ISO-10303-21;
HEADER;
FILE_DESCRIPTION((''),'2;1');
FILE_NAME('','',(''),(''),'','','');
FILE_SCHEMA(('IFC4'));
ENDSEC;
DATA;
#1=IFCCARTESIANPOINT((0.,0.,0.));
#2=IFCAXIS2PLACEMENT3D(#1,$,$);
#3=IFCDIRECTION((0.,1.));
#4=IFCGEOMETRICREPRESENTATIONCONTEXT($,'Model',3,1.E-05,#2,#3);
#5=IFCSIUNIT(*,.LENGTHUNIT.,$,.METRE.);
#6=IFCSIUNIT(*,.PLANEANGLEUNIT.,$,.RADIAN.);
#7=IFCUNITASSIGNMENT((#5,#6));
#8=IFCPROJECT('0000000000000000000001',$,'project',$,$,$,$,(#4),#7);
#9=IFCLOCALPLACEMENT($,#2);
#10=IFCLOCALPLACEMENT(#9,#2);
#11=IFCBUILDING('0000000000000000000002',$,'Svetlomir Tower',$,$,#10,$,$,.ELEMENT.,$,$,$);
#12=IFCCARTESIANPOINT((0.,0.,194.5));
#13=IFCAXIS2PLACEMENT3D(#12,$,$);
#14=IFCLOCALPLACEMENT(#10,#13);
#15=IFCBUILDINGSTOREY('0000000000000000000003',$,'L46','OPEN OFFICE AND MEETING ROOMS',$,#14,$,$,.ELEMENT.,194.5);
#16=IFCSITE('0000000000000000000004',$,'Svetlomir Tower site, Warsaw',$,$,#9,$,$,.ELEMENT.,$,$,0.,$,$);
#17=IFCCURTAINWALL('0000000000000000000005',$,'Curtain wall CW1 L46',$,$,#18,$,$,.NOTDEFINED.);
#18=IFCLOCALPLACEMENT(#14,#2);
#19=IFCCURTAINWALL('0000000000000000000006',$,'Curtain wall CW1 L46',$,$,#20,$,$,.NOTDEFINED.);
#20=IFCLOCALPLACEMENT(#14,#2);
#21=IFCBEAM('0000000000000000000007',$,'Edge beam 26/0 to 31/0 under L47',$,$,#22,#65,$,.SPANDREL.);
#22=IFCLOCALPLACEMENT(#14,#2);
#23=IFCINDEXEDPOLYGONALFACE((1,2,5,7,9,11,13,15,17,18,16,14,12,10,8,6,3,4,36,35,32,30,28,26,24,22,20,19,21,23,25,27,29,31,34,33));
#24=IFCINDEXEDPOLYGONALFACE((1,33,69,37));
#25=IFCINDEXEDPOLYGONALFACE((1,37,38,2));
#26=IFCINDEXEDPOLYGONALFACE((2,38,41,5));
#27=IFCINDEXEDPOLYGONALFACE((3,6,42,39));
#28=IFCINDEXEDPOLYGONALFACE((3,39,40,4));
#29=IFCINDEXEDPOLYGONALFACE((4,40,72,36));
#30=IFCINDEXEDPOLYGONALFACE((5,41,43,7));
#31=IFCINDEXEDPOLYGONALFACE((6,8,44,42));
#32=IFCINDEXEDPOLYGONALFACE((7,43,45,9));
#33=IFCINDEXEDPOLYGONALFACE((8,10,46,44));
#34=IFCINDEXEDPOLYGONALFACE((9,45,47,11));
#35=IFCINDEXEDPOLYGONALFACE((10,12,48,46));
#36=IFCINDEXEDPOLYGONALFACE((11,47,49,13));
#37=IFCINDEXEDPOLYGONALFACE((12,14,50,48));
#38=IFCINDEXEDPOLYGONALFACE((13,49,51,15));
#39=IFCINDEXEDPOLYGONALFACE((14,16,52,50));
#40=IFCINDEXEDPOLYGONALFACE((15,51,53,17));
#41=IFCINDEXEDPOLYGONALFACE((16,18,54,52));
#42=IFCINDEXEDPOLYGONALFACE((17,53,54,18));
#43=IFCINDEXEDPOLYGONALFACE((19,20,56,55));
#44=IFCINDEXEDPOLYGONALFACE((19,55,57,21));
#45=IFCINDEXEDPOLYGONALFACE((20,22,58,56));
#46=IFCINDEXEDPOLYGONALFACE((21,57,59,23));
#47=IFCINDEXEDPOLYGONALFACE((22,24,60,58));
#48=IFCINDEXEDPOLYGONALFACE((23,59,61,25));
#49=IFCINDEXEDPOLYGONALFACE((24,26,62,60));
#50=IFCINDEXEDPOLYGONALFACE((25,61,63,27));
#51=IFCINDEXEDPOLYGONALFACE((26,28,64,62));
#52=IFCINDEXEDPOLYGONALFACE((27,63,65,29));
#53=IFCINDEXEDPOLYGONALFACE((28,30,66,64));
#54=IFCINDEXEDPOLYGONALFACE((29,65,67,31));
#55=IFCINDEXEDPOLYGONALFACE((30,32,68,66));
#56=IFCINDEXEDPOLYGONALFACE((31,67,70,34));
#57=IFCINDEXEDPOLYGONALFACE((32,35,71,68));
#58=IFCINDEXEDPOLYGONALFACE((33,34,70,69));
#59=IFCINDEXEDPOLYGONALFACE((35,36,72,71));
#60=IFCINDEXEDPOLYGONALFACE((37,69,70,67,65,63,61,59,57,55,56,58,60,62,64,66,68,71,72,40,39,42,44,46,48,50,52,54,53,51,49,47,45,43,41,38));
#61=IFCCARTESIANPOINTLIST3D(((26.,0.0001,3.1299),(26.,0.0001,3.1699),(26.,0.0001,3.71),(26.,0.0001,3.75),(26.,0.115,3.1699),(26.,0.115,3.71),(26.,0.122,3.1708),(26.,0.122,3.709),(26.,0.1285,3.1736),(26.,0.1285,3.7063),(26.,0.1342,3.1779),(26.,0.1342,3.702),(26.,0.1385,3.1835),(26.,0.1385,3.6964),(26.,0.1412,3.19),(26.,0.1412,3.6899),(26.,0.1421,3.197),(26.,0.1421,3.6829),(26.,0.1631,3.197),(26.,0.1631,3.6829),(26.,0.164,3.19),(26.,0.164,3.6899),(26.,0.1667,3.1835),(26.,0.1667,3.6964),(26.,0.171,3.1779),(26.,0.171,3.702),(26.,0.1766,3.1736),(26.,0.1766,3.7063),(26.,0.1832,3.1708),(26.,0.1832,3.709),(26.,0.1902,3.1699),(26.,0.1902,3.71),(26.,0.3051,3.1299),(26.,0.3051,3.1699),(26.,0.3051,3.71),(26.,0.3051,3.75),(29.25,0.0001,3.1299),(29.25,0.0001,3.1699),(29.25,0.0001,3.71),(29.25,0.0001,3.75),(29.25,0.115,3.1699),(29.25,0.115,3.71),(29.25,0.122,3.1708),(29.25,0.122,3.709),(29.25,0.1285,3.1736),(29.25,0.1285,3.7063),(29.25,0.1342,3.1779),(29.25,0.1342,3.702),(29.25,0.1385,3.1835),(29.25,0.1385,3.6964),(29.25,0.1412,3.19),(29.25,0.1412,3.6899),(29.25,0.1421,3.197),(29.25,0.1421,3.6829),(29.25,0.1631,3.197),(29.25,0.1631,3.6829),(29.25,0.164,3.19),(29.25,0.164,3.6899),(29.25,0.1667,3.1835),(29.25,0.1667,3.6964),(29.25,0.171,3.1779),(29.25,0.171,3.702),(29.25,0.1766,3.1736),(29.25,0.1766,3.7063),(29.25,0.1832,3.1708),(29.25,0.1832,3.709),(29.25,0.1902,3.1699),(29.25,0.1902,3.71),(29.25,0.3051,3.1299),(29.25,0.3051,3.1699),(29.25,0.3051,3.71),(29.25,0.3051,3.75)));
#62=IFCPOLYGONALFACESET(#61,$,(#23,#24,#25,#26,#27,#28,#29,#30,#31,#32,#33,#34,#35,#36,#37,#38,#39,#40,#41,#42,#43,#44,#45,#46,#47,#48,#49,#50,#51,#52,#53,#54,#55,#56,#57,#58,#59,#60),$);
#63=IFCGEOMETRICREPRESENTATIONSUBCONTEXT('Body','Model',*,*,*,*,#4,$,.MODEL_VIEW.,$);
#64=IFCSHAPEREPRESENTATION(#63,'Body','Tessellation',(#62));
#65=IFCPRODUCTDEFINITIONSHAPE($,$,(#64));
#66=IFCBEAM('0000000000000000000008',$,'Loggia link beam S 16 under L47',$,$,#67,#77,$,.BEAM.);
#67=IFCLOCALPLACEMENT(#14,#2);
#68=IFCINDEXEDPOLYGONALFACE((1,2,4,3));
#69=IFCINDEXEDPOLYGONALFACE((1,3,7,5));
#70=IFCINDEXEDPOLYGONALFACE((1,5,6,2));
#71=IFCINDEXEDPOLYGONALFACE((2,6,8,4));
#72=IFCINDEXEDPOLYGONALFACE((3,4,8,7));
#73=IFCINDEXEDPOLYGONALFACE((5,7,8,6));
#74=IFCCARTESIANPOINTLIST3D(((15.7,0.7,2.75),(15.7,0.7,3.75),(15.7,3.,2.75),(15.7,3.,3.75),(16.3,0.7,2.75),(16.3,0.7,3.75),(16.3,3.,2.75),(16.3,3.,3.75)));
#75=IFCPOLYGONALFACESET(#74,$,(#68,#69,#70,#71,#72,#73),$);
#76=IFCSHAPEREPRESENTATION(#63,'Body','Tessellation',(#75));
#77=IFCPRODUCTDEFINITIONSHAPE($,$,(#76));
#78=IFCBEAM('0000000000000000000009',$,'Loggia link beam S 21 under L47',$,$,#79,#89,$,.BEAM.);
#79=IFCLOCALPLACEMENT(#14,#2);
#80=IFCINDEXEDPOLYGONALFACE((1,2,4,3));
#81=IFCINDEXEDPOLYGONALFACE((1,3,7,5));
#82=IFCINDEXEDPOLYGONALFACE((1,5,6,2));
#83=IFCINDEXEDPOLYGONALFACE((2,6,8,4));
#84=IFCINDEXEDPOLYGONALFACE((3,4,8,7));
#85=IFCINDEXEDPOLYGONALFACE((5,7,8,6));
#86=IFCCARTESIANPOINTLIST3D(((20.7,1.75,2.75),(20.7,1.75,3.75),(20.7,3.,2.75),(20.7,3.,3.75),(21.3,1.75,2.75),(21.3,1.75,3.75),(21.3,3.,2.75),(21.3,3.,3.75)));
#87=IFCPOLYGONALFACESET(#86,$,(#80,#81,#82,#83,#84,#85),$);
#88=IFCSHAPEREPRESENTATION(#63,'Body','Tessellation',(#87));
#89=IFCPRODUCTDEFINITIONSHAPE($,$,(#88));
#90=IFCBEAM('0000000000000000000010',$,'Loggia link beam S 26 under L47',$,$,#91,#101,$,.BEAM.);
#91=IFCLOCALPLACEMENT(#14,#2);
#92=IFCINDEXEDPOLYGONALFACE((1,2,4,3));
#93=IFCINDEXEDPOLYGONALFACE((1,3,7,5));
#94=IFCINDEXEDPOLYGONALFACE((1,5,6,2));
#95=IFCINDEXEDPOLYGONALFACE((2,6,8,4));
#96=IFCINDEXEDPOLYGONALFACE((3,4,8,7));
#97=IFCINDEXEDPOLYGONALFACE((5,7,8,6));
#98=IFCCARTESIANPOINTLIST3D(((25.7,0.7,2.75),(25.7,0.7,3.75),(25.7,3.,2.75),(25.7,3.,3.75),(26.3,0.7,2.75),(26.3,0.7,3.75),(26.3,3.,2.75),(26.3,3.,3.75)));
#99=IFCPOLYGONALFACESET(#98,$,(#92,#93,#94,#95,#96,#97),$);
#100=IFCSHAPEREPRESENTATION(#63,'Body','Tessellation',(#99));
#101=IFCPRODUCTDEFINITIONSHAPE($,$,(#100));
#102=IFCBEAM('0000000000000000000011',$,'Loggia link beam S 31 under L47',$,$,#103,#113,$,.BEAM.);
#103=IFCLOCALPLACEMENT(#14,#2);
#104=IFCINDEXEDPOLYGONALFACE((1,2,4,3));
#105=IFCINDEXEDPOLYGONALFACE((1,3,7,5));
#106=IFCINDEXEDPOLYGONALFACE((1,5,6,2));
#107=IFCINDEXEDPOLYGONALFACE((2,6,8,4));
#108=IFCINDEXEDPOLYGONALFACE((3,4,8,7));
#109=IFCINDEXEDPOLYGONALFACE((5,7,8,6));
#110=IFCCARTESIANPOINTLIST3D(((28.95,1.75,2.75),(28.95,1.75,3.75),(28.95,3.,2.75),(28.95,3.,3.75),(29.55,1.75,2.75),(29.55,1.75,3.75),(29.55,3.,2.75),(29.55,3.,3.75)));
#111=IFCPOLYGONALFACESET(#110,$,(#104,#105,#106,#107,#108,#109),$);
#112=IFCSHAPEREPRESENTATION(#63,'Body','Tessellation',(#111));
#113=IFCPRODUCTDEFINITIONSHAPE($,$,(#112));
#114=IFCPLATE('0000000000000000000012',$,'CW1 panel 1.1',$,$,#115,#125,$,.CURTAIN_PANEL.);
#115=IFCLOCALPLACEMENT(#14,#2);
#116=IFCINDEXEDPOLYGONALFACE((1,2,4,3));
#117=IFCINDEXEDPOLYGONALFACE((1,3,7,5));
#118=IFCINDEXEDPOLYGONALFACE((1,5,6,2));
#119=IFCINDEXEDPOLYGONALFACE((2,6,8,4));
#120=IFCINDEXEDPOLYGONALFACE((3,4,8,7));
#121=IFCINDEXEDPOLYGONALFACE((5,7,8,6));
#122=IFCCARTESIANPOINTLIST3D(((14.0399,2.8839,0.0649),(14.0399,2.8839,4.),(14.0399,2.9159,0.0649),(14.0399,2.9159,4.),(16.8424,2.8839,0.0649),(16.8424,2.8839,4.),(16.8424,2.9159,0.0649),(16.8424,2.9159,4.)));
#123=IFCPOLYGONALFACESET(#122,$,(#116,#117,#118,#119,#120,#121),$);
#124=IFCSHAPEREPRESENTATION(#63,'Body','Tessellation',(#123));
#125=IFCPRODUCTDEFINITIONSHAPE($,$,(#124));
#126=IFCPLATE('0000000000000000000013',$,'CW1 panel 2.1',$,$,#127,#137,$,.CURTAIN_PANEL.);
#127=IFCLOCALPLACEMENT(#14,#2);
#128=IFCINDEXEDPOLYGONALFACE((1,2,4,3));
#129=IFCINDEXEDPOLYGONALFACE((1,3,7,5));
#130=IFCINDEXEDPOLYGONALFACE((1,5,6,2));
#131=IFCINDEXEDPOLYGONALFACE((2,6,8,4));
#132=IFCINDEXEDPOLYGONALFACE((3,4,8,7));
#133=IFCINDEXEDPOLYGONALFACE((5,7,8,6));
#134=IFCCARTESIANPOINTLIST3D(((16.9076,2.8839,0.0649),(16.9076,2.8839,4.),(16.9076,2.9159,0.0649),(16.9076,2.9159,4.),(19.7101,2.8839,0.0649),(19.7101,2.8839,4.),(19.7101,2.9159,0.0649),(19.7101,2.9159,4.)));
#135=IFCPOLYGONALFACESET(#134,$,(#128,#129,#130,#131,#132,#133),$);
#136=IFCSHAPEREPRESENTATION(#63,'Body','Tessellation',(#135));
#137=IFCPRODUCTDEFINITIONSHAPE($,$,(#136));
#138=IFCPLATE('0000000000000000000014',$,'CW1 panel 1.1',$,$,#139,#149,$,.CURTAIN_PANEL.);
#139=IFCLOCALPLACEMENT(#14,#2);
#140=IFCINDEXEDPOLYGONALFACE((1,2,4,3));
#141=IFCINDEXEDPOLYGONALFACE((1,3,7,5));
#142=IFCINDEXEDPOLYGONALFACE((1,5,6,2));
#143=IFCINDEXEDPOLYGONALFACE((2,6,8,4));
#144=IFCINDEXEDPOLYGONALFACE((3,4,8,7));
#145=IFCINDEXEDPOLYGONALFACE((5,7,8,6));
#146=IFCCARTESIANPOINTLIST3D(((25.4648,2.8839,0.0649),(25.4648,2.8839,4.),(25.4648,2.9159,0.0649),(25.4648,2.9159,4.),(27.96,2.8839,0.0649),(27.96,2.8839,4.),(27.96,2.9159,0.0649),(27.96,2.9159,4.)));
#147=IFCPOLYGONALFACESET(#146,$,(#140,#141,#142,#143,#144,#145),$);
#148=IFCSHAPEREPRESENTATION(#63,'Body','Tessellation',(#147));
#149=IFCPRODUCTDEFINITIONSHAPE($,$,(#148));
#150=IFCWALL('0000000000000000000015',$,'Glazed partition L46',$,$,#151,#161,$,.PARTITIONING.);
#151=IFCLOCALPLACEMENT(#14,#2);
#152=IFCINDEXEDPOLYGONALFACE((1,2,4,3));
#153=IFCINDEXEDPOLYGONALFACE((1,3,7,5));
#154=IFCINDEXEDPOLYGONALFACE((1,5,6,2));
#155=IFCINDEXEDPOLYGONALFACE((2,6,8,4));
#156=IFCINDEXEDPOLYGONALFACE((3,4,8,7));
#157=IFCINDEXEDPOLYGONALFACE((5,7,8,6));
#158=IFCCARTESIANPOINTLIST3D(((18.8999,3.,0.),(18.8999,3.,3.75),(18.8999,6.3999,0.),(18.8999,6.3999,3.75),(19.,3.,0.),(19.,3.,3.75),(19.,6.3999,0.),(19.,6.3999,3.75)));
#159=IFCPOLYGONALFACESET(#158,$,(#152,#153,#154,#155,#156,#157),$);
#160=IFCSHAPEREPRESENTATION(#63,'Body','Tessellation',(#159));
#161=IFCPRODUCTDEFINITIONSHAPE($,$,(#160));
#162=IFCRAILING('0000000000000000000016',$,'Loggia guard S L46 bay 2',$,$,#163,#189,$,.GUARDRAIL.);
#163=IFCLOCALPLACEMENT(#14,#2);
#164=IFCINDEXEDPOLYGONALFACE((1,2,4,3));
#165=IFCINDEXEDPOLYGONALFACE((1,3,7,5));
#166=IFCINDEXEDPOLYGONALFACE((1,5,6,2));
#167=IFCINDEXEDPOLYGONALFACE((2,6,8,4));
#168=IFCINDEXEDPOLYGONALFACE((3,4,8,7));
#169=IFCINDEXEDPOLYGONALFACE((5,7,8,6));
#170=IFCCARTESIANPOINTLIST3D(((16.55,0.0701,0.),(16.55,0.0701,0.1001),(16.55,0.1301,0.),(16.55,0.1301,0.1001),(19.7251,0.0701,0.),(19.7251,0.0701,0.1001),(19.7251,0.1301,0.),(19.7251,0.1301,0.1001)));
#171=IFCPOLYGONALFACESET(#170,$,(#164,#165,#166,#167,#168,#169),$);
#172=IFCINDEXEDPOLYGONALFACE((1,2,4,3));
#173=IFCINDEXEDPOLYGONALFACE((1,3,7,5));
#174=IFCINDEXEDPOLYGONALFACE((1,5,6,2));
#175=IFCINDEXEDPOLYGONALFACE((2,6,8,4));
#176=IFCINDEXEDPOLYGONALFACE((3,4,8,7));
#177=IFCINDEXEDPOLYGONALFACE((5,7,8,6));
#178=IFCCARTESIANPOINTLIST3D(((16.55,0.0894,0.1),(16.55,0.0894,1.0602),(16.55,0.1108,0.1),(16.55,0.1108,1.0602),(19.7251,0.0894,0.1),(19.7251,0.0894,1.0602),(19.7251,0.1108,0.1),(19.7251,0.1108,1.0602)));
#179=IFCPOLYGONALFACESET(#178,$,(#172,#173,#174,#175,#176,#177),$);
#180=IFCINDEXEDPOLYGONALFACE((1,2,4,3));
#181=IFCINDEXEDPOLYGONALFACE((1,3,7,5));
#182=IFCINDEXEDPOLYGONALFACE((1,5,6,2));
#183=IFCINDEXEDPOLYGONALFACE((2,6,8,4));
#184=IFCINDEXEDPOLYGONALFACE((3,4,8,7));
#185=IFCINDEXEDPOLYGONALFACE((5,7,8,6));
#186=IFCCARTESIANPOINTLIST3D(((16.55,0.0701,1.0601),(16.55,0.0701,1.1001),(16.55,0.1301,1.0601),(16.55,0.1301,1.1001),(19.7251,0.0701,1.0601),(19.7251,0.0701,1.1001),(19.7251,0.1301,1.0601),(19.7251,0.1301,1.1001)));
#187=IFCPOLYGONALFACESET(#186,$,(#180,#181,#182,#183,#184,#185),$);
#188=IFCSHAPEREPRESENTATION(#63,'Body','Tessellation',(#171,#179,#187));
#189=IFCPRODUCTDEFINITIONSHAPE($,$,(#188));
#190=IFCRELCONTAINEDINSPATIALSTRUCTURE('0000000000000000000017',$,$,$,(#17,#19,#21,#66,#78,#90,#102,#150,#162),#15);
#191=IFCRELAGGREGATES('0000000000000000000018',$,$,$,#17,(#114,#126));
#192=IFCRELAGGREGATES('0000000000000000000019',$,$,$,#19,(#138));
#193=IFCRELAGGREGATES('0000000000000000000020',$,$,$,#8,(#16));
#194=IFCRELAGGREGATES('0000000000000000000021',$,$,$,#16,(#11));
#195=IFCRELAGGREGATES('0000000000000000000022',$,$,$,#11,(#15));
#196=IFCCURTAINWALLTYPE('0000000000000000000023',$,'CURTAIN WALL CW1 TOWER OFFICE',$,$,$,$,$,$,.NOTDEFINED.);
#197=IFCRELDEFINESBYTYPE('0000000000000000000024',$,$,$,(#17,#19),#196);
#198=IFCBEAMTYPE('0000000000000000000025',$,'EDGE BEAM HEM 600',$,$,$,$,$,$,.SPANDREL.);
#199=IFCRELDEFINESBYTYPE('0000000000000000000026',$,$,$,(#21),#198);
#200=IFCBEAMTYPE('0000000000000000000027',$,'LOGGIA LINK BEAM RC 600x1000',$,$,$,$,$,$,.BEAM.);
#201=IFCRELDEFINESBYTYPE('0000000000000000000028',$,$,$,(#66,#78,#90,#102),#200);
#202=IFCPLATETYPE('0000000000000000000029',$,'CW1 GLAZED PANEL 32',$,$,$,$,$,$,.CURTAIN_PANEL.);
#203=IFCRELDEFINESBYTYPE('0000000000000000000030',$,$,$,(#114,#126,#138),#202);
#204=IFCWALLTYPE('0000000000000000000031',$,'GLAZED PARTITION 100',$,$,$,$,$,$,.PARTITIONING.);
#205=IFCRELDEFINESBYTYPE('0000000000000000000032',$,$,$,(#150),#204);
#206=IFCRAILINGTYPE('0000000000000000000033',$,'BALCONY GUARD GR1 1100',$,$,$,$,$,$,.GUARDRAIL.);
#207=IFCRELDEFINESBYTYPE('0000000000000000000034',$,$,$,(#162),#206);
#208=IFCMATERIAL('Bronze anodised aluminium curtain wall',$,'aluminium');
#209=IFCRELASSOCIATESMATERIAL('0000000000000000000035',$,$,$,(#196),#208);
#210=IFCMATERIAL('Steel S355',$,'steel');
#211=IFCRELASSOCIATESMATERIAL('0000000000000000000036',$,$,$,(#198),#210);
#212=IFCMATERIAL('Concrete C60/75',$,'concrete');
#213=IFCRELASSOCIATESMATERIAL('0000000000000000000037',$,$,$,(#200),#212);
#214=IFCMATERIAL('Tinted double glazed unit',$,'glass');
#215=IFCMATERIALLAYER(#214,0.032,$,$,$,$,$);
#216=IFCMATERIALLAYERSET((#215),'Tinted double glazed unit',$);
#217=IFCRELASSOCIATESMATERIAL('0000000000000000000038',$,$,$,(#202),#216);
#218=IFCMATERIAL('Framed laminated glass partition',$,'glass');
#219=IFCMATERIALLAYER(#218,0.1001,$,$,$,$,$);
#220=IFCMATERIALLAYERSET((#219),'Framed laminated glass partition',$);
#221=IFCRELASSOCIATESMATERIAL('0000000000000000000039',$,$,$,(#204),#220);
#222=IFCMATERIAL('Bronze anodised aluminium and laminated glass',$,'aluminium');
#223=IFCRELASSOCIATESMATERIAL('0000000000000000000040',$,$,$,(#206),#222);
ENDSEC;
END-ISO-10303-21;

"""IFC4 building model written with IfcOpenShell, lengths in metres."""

from ifc_helpers import new_model, si_unit, direction, frame, frame_2d, origin, origin_2d, place, context, subcontext, project, spatial, rectangle, i_section, extrude, material, layer, layer_set, material_profile, profile_set, type_object, element, aggregate, save


model = new_model("IFC4")

# Units and contexts
model_context = context("Model", 3, precision=1e-05, world=origin(), true_north=direction((0.0, 1.0)))
body_context = subcontext(model_context, "Body", "Model", "MODEL_VIEW")
ifc_project = project(units=[si_unit("LENGTHUNIT", "METRE"), si_unit("PLANEANGLEUNIT", "RADIAN")], contexts=[model_context])

# Site, building, storey
site_placement = place(None, origin())
site = spatial("IfcSite", under=ifc_project, at=site_placement, Name="Svetlomir Tower site, Warsaw", CompositionType="ELEMENT", RefElevation=0.0)
building_placement = place(site_placement, origin())
building = spatial("IfcBuilding", under=site, at=building_placement, Name="Svetlomir Tower", CompositionType="ELEMENT")
storey_placement = place(building_placement, frame((0.0, 0.0, 194.5)))
storey = spatial("IfcBuildingStorey", under=building, at=storey_placement, Name="L46", Description="OPEN OFFICE AND MEETING ROOMS", CompositionType="ELEMENT", Elevation=194.5)

# Curtain walls
ifc_material_1 = material(Name="Bronze anodised aluminium curtain wall", Category="aluminium")
curtain_wall_type = type_object("IfcCurtainWallType", Name="CURTAIN WALL CW1 TOWER OFFICE", PredefinedType="NOTDEFINED", material=ifc_material_1)
curtain_wall_1_placement = place(storey_placement, origin())
curtain_wall_1 = element("IfcCurtainWall", 1, at=curtain_wall_1_placement, inside=storey, type_object=curtain_wall_type, Name="Curtain wall CW1 L46", PredefinedType="NOTDEFINED")
curtain_wall_2_placement = place(storey_placement, origin())
curtain_wall_2 = element("IfcCurtainWall", 2, at=curtain_wall_2_placement, inside=storey, type_object=curtain_wall_type, Name="Curtain wall CW1 L46", PredefinedType="NOTDEFINED")

# Beams
ifc_material_2 = material(Name="Steel S355", Category="steel")
ifc_material_profile_1 = material_profile(ifc_material_2, i_section(OverallWidth=0.3049, OverallDepth=0.6201, WebThickness=0.021, FlangeThickness=0.04, FilletRadius=0.0271, at=origin_2d()), Name="HEM 600")
ifc_profile_set_1 = profile_set([ifc_material_profile_1], Name="Steel S355")
beam_type_1 = type_object("IfcBeamType", Name="EDGE BEAM HEM 600", PredefinedType="SPANDREL", material=ifc_profile_set_1)
beam_1_placement = place(storey_placement, frame((26.0, 0.1526, 3.4399), z_axis=(1.0, 0.0, 0.0), x_axis=(0.0, 1.0, 0.0)))
element("IfcBeam", 3, at=beam_1_placement, inside=storey, type_object=beam_type_1, Name="Edge beam 26/0 to 31/0 under L47", PredefinedType="SPANDREL", context=body_context, shape_type="SweptSolid", body=[
    extrude(i_section(OverallWidth=0.3049, OverallDepth=0.6201, WebThickness=0.021, FlangeThickness=0.04, FilletRadius=0.0271, at=origin_2d()), origin(), (0.0, 0.0, 1.0), 3.25),
])
ifc_material_3 = material(Name="Concrete C60/75", Category="concrete")
ifc_material_profile_2 = material_profile(ifc_material_3, rectangle(XDim=0.6001, YDim=1.0, at=origin_2d()), Name="RC 600x1000")
ifc_profile_set_2 = profile_set([ifc_material_profile_2], Name="Concrete C60/75")
beam_type_2 = type_object("IfcBeamType", Name="LOGGIA LINK BEAM RC 600x1000", PredefinedType="BEAM", material=ifc_profile_set_2)
beam_2_placement = place(storey_placement, frame((16.0, 0.7, 3.25), z_axis=(0.0, 1.0, 0.0), x_axis=(-1.0, 0.0, 0.0)))
element("IfcBeam", 4, at=beam_2_placement, inside=storey, type_object=beam_type_2, Name="Loggia link beam S 16 under L47", PredefinedType="BEAM", context=body_context, shape_type="SweptSolid", body=[
    extrude(rectangle(XDim=0.6001, YDim=1.0, at=origin_2d()), origin(), (0.0, 0.0, 1.0), 2.3),
])
beam_3_placement = place(storey_placement, frame((21.0, 1.75, 3.25), z_axis=(0.0, 1.0, 0.0), x_axis=(-1.0, 0.0, 0.0)))
element("IfcBeam", 5, at=beam_3_placement, inside=storey, type_object=beam_type_2, Name="Loggia link beam S 21 under L47", PredefinedType="BEAM", context=body_context, shape_type="SweptSolid", body=[
    extrude(rectangle(XDim=0.6001, YDim=1.0, at=origin_2d()), origin(), (0.0, 0.0, 1.0), 1.25),
])
beam_4_placement = place(storey_placement, frame((26.0, 0.7, 3.25), z_axis=(0.0, 1.0, 0.0), x_axis=(-1.0, 0.0, 0.0)))
element("IfcBeam", 6, at=beam_4_placement, inside=storey, type_object=beam_type_2, Name="Loggia link beam S 26 under L47", PredefinedType="BEAM", context=body_context, shape_type="SweptSolid", body=[
    extrude(rectangle(XDim=0.6001, YDim=1.0, at=origin_2d()), origin(), (0.0, 0.0, 1.0), 2.3),
])
beam_5_placement = place(storey_placement, frame((29.25, 1.75, 3.25), z_axis=(0.0, 1.0, 0.0), x_axis=(-1.0, 0.0, 0.0)))
element("IfcBeam", 7, at=beam_5_placement, inside=storey, type_object=beam_type_2, Name="Loggia link beam S 31 under L47", PredefinedType="BEAM", context=body_context, shape_type="SweptSolid", body=[
    extrude(rectangle(XDim=0.6001, YDim=1.0, at=origin_2d()), origin(), (0.0, 0.0, 1.0), 1.25),
])

# Plates
ifc_material_4 = material(Name="Tinted double glazed unit", Category="glass")
ifc_layer_1 = layer(ifc_material_4, 0.032)
ifc_layer_set_1 = layer_set([ifc_layer_1], Name="Tinted double glazed unit")
plate_type = type_object("IfcPlateType", Name="CW1 GLAZED PANEL 32", PredefinedType="CURTAIN_PANEL", material=ifc_layer_set_1)
plate_1_placement = place(storey_placement, frame((15.4412, 2.8999, 0.0649), z_axis=(0.0, 0.0, 1.0), x_axis=(1.0, 0.0, 0.0)))
plate_1 = element("IfcPlate", 8, at=plate_1_placement, type_object=plate_type, Name="CW1 panel 1.1", PredefinedType="CURTAIN_PANEL", context=body_context, shape_type="SweptSolid", body=[
    extrude(rectangle(XDim=2.8025, YDim=0.032, at=origin_2d()), origin(), (0.0, 0.0, 1.0), 3.9351),
])
plate_2_placement = place(storey_placement, frame((18.3088, 2.8999, 0.0649), z_axis=(0.0, 0.0, 1.0), x_axis=(1.0, 0.0, 0.0)))
plate_2 = element("IfcPlate", 9, at=plate_2_placement, type_object=plate_type, Name="CW1 panel 2.1", PredefinedType="CURTAIN_PANEL", context=body_context, shape_type="SweptSolid", body=[
    extrude(rectangle(XDim=2.8025, YDim=0.032, at=origin_2d()), origin(), (0.0, 0.0, 1.0), 3.9351),
])
aggregate(curtain_wall_1, [plate_1, plate_2])
plate_3_placement = place(storey_placement, frame((26.7124, 2.8999, 0.0649), z_axis=(0.0, 0.0, 1.0), x_axis=(1.0, 0.0, 0.0)))
plate_3 = element("IfcPlate", 10, at=plate_3_placement, type_object=plate_type, Name="CW1 panel 1.1", PredefinedType="CURTAIN_PANEL", context=body_context, shape_type="SweptSolid", body=[
    extrude(rectangle(XDim=2.4951, YDim=0.032, at=origin_2d()), origin(), (0.0, 0.0, 1.0), 3.9351),
])
aggregate(curtain_wall_2, [plate_3])

# Wall
ifc_material_5 = material(Name="Framed laminated glass partition", Category="glass")
ifc_layer_2 = layer(ifc_material_5, 0.1001)
ifc_layer_set_2 = layer_set([ifc_layer_2], Name="Framed laminated glass partition")
wall_type_1 = type_object("IfcWallType", Name="GLAZED PARTITION 100", PredefinedType="PARTITIONING", material=ifc_layer_set_2)
wall_1_placement = place(storey_placement, frame((18.95, 3.0, 0.0), z_axis=(0.0, 0.0, 1.0), x_axis=(0.0, 1.0, 0.0)))
element("IfcWall", 11, at=wall_1_placement, inside=storey, type_object=wall_type_1, Name="Glazed partition L46", PredefinedType="PARTITIONING", context=body_context, shape_type="SweptSolid", body=[
    extrude(rectangle(XDim=3.3999, YDim=0.1001, at=frame_2d((1.7, 0.0))), origin(), (0.0, 0.0, 1.0), 3.75),
])

# Railing
ifc_material_6 = material(Name="Bronze anodised aluminium and laminated glass", Category="aluminium")
railing_type = type_object("IfcRailingType", Name="BALCONY GUARD GR1 1100", PredefinedType="GUARDRAIL", material=ifc_material_6)
for number, where, name in (
    (12, (16.55, 0.1001, 0.0), "Loggia guard S L46 bay 2"),
):
    element("IfcRailing", number, at=place(storey_placement, frame(where)), inside=storey, type_object=railing_type, Name=name, PredefinedType="GUARDRAIL", context=body_context, shape_type="SweptSolid", body=[
        extrude(rectangle(XDim=0.0601, YDim=0.1001, at=origin_2d()), frame((0.0, 0.0, 0.05), z_axis=(1.0, 0.0, 0.0), x_axis=(0.0, 1.0, 0.0)), (0.0, 0.0, 1.0), 3.175),
        extrude(rectangle(XDim=0.0215, YDim=0.9602, at=origin_2d()), frame((0.0, 0.0, 0.5801), z_axis=(1.0, 0.0, 0.0), x_axis=(0.0, 1.0, 0.0)), (0.0, 0.0, 1.0), 3.175),
        extrude(rectangle(XDim=0.0601, YDim=0.04, at=origin_2d()), frame((0.0, 0.0, 1.0801), z_axis=(1.0, 0.0, 0.0), x_axis=(0.0, 1.0, 0.0)), (0.0, 0.0, 1.0), 3.175),
    ])

save(model, "model.ifc")
